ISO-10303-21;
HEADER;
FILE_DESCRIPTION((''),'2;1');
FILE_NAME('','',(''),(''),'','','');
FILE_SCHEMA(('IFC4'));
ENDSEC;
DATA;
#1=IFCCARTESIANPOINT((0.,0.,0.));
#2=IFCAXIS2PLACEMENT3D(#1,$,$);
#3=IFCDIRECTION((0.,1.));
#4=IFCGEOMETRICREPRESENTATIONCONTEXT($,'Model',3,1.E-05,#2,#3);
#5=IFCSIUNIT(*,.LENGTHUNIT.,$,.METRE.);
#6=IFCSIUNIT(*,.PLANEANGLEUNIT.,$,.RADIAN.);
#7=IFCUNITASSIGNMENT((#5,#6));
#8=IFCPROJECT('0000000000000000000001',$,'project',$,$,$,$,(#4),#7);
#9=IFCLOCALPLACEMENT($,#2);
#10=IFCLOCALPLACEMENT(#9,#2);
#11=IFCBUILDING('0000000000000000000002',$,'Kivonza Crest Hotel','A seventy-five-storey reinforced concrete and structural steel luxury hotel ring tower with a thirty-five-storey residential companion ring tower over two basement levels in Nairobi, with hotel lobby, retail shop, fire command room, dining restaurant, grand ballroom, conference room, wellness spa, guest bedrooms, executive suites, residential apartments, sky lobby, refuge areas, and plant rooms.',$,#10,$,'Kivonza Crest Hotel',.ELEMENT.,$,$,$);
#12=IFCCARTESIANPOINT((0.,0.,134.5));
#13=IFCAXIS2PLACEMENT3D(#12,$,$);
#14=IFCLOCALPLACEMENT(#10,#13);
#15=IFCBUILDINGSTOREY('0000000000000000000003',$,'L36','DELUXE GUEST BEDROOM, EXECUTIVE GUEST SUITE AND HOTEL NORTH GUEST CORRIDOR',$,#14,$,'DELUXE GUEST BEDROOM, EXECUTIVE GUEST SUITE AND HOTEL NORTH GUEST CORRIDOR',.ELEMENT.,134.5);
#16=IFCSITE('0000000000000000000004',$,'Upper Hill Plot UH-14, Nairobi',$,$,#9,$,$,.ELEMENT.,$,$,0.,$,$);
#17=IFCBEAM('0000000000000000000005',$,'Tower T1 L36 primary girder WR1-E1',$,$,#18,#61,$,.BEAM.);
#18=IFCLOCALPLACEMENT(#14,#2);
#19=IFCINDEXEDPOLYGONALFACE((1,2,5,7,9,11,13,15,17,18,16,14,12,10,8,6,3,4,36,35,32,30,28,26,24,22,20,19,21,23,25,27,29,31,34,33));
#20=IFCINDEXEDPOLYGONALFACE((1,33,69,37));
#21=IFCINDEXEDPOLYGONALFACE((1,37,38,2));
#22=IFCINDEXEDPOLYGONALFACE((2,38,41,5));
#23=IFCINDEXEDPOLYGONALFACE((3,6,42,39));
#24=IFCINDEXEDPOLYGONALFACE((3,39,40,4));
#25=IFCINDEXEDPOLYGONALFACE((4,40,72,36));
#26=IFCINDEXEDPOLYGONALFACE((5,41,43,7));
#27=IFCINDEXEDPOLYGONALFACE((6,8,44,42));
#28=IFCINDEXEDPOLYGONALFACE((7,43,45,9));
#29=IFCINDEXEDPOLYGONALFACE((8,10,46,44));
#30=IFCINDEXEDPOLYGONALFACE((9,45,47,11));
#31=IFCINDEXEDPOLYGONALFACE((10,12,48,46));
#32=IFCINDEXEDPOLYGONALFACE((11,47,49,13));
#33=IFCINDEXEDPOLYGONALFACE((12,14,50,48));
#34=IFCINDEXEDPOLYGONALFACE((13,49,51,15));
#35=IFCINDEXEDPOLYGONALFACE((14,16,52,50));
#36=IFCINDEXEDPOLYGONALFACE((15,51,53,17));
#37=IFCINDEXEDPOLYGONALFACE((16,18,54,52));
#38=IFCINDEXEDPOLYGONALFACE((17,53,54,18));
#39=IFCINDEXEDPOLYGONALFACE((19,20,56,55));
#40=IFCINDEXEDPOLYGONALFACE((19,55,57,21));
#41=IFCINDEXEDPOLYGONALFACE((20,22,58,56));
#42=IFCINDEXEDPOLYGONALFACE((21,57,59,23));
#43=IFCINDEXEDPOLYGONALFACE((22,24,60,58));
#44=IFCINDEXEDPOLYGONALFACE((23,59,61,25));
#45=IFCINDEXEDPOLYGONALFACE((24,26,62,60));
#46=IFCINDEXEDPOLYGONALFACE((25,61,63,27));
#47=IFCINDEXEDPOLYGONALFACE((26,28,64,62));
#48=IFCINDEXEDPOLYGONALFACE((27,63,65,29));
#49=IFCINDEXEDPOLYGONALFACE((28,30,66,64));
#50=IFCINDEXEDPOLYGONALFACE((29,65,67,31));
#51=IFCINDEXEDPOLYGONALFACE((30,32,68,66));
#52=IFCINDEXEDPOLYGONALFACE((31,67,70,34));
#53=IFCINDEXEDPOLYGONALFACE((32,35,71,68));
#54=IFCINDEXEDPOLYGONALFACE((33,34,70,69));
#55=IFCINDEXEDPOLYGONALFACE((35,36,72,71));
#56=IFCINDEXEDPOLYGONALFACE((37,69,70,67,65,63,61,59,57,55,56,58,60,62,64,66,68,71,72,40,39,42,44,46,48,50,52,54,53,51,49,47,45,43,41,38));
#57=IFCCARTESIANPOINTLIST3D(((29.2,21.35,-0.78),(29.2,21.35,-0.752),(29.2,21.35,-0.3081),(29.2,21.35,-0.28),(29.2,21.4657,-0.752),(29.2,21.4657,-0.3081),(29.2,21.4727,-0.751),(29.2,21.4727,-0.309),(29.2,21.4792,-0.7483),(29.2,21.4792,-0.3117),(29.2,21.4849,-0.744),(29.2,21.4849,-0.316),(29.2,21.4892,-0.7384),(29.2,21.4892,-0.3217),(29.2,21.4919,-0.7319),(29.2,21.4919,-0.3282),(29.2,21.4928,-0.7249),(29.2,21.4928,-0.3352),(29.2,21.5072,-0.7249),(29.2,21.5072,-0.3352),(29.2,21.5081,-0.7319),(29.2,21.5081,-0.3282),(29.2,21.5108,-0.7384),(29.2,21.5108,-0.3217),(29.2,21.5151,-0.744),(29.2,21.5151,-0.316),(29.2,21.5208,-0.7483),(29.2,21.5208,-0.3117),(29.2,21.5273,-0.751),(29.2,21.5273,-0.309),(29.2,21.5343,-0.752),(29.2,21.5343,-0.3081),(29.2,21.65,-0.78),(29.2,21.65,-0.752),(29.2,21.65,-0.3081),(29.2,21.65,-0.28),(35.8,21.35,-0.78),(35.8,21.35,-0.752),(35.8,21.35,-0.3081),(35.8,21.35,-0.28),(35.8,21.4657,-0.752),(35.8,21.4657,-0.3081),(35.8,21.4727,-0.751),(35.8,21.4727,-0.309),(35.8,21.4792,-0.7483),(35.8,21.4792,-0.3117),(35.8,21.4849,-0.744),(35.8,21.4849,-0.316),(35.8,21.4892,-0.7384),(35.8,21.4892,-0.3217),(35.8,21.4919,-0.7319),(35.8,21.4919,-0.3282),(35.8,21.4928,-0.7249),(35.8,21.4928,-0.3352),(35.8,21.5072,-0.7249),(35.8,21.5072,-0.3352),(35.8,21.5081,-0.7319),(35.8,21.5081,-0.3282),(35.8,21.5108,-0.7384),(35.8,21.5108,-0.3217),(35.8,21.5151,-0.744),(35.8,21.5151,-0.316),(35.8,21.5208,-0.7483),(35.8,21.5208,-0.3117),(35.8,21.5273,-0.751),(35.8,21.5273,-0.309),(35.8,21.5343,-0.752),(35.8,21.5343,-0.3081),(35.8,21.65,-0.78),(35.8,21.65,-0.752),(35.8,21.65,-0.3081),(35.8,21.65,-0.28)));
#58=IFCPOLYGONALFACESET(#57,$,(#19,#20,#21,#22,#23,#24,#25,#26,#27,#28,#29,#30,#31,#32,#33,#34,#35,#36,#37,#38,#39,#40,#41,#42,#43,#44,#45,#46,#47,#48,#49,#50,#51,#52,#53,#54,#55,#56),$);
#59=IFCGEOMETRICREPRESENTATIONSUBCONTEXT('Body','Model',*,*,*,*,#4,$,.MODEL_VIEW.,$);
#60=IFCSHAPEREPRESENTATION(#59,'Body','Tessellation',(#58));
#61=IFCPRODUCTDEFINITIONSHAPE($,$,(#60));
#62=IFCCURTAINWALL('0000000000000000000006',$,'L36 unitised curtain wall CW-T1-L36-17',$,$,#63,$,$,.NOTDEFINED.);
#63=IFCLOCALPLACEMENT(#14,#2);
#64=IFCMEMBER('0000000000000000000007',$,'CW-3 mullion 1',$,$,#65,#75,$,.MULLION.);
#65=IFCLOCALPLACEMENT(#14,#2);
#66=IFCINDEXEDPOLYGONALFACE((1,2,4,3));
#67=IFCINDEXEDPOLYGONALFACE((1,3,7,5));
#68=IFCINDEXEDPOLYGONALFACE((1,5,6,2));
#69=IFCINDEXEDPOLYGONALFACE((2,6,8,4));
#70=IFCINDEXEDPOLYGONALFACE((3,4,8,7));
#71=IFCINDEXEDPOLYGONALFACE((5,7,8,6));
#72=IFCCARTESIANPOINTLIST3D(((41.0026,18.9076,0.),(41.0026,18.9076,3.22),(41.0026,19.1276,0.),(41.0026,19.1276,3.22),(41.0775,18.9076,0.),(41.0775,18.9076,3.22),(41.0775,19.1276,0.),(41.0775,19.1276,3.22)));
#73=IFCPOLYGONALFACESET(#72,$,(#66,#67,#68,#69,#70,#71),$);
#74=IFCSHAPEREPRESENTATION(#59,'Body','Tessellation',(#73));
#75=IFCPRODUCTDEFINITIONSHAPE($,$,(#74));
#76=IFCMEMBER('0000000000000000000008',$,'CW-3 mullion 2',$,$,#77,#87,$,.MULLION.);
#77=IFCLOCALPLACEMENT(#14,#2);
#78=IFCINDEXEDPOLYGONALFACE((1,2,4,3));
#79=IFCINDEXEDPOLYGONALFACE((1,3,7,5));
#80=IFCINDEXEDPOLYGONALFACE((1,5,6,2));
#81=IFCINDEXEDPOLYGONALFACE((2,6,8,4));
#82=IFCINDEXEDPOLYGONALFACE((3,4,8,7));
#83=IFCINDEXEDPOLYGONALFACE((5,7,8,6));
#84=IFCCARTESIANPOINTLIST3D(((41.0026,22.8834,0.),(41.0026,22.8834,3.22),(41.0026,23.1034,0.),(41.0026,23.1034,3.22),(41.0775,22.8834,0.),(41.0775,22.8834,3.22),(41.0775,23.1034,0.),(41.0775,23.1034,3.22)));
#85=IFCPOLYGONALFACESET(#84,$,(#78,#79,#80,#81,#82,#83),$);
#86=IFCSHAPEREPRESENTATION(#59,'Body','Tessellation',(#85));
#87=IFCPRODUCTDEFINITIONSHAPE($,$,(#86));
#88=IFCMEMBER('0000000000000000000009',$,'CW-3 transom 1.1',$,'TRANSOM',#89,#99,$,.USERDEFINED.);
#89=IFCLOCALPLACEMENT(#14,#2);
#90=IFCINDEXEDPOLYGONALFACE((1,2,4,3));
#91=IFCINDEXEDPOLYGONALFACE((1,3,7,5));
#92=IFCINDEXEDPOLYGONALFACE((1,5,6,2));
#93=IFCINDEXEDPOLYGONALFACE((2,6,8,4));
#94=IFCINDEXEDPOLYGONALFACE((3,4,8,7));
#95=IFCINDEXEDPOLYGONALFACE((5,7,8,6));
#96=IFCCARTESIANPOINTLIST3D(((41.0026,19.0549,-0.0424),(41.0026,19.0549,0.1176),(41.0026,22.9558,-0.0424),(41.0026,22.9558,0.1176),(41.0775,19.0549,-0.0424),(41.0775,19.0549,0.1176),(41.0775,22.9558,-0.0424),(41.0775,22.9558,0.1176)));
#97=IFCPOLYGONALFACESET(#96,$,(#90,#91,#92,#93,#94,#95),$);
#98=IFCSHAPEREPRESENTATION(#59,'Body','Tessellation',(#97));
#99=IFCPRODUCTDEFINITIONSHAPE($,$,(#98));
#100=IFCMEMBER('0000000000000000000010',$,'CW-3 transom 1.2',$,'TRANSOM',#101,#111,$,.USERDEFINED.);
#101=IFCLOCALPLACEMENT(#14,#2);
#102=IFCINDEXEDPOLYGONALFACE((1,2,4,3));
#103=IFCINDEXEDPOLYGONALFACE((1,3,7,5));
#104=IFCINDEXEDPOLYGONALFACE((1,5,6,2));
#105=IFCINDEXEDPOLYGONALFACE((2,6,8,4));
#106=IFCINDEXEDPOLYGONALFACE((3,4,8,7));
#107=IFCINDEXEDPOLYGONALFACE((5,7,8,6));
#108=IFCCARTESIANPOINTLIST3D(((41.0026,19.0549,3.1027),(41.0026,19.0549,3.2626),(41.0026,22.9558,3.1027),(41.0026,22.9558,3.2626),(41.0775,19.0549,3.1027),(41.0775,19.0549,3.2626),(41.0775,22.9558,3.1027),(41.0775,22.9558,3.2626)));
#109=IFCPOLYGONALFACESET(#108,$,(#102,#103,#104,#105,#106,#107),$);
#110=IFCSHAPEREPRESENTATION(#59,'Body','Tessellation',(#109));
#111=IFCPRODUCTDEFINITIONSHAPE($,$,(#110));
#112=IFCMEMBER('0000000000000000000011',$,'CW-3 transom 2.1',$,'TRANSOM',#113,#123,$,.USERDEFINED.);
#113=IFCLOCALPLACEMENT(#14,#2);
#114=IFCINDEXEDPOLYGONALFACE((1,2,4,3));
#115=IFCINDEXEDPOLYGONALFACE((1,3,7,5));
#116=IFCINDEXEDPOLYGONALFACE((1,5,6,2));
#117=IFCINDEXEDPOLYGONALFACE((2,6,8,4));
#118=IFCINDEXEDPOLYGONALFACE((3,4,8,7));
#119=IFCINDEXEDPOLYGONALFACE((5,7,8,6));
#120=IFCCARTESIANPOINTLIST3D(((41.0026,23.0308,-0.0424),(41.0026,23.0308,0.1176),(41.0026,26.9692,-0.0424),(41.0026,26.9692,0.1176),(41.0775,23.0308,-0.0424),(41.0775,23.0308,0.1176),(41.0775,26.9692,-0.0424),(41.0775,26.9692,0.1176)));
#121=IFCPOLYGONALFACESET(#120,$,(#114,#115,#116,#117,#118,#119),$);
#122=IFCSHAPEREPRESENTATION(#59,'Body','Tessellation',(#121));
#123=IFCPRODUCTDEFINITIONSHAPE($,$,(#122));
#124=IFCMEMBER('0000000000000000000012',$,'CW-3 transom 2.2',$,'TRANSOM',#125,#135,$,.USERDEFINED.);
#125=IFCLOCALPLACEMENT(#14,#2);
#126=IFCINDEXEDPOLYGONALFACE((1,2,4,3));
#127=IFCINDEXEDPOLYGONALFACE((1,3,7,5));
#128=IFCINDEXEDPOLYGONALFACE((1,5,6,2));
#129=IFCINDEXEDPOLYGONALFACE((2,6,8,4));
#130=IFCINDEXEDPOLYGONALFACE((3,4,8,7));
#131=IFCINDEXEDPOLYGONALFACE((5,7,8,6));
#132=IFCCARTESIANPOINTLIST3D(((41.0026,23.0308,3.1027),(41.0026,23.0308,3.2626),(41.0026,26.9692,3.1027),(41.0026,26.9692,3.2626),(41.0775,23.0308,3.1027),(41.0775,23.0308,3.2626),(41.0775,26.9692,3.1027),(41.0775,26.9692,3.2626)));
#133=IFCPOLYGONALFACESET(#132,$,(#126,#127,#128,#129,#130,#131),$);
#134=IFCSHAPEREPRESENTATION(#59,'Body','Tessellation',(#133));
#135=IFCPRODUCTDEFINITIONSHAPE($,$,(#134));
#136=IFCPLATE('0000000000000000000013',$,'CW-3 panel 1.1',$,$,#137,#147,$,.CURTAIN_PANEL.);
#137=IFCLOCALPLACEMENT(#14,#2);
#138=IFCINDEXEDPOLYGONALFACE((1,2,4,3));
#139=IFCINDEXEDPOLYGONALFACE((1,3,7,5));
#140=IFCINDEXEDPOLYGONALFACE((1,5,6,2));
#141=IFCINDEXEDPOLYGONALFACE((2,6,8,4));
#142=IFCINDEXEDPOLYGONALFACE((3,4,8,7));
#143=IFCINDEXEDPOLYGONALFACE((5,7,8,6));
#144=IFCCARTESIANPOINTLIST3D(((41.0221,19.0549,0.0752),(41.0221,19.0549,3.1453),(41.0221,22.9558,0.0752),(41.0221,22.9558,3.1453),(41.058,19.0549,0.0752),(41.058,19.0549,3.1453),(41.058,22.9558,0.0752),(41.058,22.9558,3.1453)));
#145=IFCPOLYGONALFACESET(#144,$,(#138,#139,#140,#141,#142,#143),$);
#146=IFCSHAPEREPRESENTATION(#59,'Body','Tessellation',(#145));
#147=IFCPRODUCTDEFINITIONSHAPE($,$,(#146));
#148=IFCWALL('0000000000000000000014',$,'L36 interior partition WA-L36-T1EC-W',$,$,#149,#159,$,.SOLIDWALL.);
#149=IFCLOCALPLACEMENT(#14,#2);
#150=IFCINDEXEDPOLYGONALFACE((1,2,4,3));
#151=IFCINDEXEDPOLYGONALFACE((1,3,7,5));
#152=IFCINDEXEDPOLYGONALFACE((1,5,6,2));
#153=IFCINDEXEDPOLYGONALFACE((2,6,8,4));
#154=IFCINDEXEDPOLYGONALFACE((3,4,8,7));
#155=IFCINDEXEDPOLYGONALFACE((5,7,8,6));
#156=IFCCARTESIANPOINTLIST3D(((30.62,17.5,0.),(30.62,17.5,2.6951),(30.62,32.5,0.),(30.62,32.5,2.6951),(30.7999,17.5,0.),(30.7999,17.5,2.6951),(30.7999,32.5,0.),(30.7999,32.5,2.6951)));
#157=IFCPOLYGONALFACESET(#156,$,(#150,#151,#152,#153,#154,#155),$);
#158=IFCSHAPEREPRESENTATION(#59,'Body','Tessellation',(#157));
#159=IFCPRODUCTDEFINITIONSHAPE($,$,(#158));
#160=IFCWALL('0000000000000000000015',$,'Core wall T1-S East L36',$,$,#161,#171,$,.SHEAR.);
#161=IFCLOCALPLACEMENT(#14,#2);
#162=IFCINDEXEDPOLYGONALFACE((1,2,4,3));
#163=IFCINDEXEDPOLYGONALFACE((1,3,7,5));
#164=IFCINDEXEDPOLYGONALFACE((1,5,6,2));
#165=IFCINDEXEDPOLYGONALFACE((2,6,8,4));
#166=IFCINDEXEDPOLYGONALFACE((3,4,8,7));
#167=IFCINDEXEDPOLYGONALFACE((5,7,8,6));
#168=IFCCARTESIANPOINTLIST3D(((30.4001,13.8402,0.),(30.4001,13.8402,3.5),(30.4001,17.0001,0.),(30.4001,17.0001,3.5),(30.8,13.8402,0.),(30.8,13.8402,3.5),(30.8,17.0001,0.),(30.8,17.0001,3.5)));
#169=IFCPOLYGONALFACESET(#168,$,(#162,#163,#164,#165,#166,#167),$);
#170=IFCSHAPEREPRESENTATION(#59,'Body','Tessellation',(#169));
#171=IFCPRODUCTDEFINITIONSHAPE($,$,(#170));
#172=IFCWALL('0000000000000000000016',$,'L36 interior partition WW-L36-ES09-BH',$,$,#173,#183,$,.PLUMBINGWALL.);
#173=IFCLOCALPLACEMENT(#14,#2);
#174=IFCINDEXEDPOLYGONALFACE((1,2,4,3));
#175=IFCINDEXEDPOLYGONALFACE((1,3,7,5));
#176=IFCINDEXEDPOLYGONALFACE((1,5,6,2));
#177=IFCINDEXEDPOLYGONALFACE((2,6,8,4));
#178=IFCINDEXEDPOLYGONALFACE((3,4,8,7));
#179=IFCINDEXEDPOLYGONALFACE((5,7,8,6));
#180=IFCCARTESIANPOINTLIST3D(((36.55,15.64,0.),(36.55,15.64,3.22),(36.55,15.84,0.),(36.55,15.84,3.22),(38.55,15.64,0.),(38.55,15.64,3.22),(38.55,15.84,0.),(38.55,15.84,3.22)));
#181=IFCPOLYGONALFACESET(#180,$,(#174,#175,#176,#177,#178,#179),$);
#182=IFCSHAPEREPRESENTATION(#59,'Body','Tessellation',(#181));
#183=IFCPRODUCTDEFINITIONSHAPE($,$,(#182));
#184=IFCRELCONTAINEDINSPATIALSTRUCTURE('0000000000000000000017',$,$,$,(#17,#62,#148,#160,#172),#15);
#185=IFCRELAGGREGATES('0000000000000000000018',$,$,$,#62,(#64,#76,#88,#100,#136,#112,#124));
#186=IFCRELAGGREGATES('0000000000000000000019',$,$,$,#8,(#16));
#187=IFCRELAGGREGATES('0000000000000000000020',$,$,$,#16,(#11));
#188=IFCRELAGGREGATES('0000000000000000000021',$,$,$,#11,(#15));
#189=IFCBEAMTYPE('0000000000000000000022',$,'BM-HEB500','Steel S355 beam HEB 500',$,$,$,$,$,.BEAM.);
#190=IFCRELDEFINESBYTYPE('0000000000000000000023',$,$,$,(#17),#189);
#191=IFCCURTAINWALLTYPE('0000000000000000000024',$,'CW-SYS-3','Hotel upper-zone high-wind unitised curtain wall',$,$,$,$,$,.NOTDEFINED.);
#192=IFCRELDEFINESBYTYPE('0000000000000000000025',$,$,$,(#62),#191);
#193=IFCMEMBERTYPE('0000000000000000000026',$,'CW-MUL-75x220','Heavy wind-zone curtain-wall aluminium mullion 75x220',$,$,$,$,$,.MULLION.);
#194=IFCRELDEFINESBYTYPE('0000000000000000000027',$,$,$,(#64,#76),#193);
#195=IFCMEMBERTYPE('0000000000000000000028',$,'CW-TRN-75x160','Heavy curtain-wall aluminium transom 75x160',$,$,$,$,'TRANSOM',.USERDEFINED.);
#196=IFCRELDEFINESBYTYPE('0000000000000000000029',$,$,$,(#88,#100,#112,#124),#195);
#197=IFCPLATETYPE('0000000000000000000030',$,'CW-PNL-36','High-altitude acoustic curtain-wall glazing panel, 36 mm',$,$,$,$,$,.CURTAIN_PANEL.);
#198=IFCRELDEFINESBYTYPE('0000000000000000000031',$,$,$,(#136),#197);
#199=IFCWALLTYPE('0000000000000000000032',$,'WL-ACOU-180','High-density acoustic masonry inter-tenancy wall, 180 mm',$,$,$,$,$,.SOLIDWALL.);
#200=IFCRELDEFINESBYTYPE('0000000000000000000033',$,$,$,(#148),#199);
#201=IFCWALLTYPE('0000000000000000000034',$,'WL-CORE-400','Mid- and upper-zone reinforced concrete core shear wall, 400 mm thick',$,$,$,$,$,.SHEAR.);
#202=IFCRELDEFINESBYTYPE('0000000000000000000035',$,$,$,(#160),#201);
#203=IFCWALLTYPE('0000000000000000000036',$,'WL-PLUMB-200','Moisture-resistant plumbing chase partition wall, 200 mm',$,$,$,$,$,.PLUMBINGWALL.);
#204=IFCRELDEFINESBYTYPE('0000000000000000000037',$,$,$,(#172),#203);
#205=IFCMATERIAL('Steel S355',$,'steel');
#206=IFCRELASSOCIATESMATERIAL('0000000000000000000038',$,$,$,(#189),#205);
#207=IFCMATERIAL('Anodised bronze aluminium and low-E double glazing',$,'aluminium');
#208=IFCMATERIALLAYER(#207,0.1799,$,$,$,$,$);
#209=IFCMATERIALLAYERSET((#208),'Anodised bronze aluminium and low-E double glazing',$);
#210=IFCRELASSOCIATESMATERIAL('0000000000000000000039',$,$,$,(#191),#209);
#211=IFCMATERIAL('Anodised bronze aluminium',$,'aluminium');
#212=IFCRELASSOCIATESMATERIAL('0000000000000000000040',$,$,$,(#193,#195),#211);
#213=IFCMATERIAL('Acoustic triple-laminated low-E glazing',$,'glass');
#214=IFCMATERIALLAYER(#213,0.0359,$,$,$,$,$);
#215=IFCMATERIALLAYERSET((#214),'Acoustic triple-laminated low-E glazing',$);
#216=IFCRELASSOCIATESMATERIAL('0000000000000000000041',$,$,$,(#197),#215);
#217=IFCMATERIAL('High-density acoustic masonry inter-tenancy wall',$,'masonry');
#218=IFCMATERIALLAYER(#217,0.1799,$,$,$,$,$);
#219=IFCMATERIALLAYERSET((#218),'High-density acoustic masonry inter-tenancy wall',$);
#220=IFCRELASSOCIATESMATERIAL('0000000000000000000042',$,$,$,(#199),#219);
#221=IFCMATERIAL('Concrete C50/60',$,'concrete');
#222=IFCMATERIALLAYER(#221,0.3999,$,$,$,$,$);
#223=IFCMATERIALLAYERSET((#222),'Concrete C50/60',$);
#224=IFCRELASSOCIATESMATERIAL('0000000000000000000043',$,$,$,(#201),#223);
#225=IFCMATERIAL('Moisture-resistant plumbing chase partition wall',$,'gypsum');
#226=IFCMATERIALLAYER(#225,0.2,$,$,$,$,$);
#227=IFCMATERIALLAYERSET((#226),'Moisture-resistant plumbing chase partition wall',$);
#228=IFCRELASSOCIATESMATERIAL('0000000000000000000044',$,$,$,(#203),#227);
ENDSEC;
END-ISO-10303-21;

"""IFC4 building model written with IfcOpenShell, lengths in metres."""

from ifc_helpers import new_model, si_unit, direction, frame, frame_2d, origin, origin_2d, place, context, subcontext, project, spatial, rectangle, i_section, extrude, material, layer, layer_set, material_profile, profile_set, type_object, element, aggregate, save


model = new_model("IFC4")

# Units and contexts
model_context = context("Model", 3, precision=1e-05, world=origin(), true_north=direction((0.0, 1.0)))
body_context = subcontext(model_context, "Body", "Model", "MODEL_VIEW")
ifc_project = project(units=[si_unit("LENGTHUNIT", "METRE"), si_unit("PLANEANGLEUNIT", "RADIAN")], contexts=[model_context])

# Site, building, storey
site_placement = place(None, origin())
site = spatial("IfcSite", under=ifc_project, at=site_placement, Name="Upper Hill Plot UH-14, Nairobi", CompositionType="ELEMENT", RefElevation=0.0)
building_placement = place(site_placement, origin())
building = spatial("IfcBuilding", under=site, at=building_placement, Name="Kivonza Crest Hotel", Description="A seventy-five-storey reinforced concrete and structural steel luxury hotel ring tower with a thirty-five-storey residential companion ring tower over two basement levels in Nairobi, with hotel lobby, retail shop, fire command room, dining restaurant, grand ballroom, conference room, wellness spa, guest bedrooms, executive suites, residential apartments, sky lobby, refuge areas, and plant rooms.", LongName="Kivonza Crest Hotel", CompositionType="ELEMENT")
storey_placement = place(building_placement, frame((0.0, 0.0, 134.5)))
storey = spatial("IfcBuildingStorey", under=building, at=storey_placement, Name="L36", Description="DELUXE GUEST BEDROOM, EXECUTIVE GUEST SUITE AND HOTEL NORTH GUEST CORRIDOR", LongName="DELUXE GUEST BEDROOM, EXECUTIVE GUEST SUITE AND HOTEL NORTH GUEST CORRIDOR", CompositionType="ELEMENT", Elevation=134.5)

# Shared definitions
ifc_material_1 = material(Name="Concrete C50/60", Category="concrete")

# Beam
ifc_material_2 = material(Name="Steel S355", Category="steel")
ifc_material_profile_1 = material_profile(ifc_material_2, i_section(OverallWidth=0.3, OverallDepth=0.5, WebThickness=0.0144, FlangeThickness=0.0281, FilletRadius=0.0271, at=origin_2d()), Name="HEB 500")
ifc_profile_set_1 = profile_set([ifc_material_profile_1], Name="Steel S355")
beam_type_1 = type_object("IfcBeamType", Name="BM-HEB500", Description="Steel S355 beam HEB 500", PredefinedType="BEAM", material=ifc_profile_set_1)
beam_1_placement = place(storey_placement, frame((29.2, 21.5, -0.53), z_axis=(1.0, 0.0, 0.0), x_axis=(0.0, 1.0, 0.0)))
element("IfcBeam", 1, at=beam_1_placement, inside=storey, type_object=beam_type_1, Name="Tower T1 L36 primary girder WR1-E1", PredefinedType="BEAM", context=body_context, shape_type="SweptSolid", body=[
    extrude(i_section(OverallWidth=0.3, OverallDepth=0.5, WebThickness=0.0144, FlangeThickness=0.0281, FilletRadius=0.0271, at=origin_2d()), origin(), (0.0, 0.0, 1.0), 6.6001),
])

# Curtain wall, members, plate
ifc_material_3 = material(Name="Anodised bronze aluminium and low-E double glazing", Category="aluminium")
ifc_layer_1 = layer(ifc_material_3, 0.1799)
ifc_layer_set_1 = layer_set([ifc_layer_1], Name="Anodised bronze aluminium and low-E double glazing")
curtain_wall_type = type_object("IfcCurtainWallType", Name="CW-SYS-3", Description="Hotel upper-zone high-wind unitised curtain wall", PredefinedType="NOTDEFINED", material=ifc_layer_set_1)
curtain_wall_placement = place(storey_placement, origin())
curtain_wall = element("IfcCurtainWall", 2, at=curtain_wall_placement, inside=storey, type_object=curtain_wall_type, Name="L36 unitised curtain wall CW-T1-L36-17", PredefinedType="NOTDEFINED")
ifc_material_4 = material(Name="Anodised bronze aluminium", Category="aluminium")
ifc_material_profile_2 = material_profile(ifc_material_4, rectangle(XDim=0.075, YDim=0.22, at=origin_2d()), Name="CW-M 75x220")
ifc_profile_set_2 = profile_set([ifc_material_profile_2], Name="Anodised bronze aluminium")
member_type_1 = type_object("IfcMemberType", Name="CW-MUL-75x220", Description="Heavy wind-zone curtain-wall aluminium mullion 75x220", PredefinedType="MULLION", material=ifc_profile_set_2)
member_1_placement = place(storey_placement, frame((41.04, 19.0176, 0.0), z_axis=(0.0, 0.0, 1.0), x_axis=(-1.0, 0.0, 0.0)))
member_1 = element("IfcMember", 3, at=member_1_placement, type_object=member_type_1, Name="CW-3 mullion 1", PredefinedType="MULLION", context=body_context, shape_type="SweptSolid", body=[
    extrude(rectangle(XDim=0.075, YDim=0.22, at=origin_2d()), origin(), (0.0, 0.0, 1.0), 3.22),
])
member_2_placement = place(storey_placement, frame((41.04, 22.9934, 0.0), z_axis=(0.0, 0.0, 1.0), x_axis=(-1.0, 0.0, 0.0)))
member_2 = element("IfcMember", 4, at=member_2_placement, type_object=member_type_1, Name="CW-3 mullion 2", PredefinedType="MULLION", context=body_context, shape_type="SweptSolid", body=[
    extrude(rectangle(XDim=0.075, YDim=0.22, at=origin_2d()), origin(), (0.0, 0.0, 1.0), 3.22),
])
ifc_material_profile_3 = material_profile(ifc_material_4, rectangle(XDim=0.075, YDim=0.1599, at=origin_2d()), Name="CW-T 75x160")
ifc_profile_set_3 = profile_set([ifc_material_profile_3], Name="Anodised bronze aluminium")
member_type_2 = type_object("IfcMemberType", Name="CW-TRN-75x160", Description="Heavy curtain-wall aluminium transom 75x160", ElementType="TRANSOM", PredefinedType="USERDEFINED", material=ifc_profile_set_3)
member_3_placement = place(storey_placement, frame((41.04, 19.0549, 0.0376), z_axis=(0.0, 1.0, 0.0), x_axis=(-1.0, 0.0, 0.0)))
member_3 = element("IfcMember", 5, at=member_3_placement, type_object=member_type_2, Name="CW-3 transom 1.1", ObjectType="TRANSOM", PredefinedType="USERDEFINED", context=body_context, shape_type="SweptSolid", body=[
    extrude(rectangle(XDim=0.075, YDim=0.1599, at=origin_2d()), origin(), (0.0, 0.0, 1.0), 3.9009),
])
member_4_placement = place(storey_placement, frame((41.04, 19.0549, 3.1826), z_axis=(0.0, 1.0, 0.0), x_axis=(-1.0, 0.0, 0.0)))
member_4 = element("IfcMember", 6, at=member_4_placement, type_object=member_type_2, Name="CW-3 transom 1.2", ObjectType="TRANSOM", PredefinedType="USERDEFINED", context=body_context, shape_type="SweptSolid", body=[
    extrude(rectangle(XDim=0.075, YDim=0.1599, at=origin_2d()), origin(), (0.0, 0.0, 1.0), 3.9009),
])
member_5_placement = place(storey_placement, frame((41.04, 23.0308, 0.0376), z_axis=(0.0, 1.0, 0.0), x_axis=(-1.0, 0.0, 0.0)))
member_5 = element("IfcMember", 7, at=member_5_placement, type_object=member_type_2, Name="CW-3 transom 2.1", ObjectType="TRANSOM", PredefinedType="USERDEFINED", context=body_context, shape_type="SweptSolid", body=[
    extrude(rectangle(XDim=0.075, YDim=0.1599, at=origin_2d()), origin(), (0.0, 0.0, 1.0), 3.9385),
])
member_6_placement = place(storey_placement, frame((41.04, 23.0308, 3.1826), z_axis=(0.0, 1.0, 0.0), x_axis=(-1.0, 0.0, 0.0)))
member_6 = element("IfcMember", 8, at=member_6_placement, type_object=member_type_2, Name="CW-3 transom 2.2", ObjectType="TRANSOM", PredefinedType="USERDEFINED", context=body_context, shape_type="SweptSolid", body=[
    extrude(rectangle(XDim=0.075, YDim=0.1599, at=origin_2d()), origin(), (0.0, 0.0, 1.0), 3.9385),
])
ifc_material_5 = material(Name="Acoustic triple-laminated low-E glazing", Category="glass")
ifc_layer_2 = layer(ifc_material_5, 0.0359)
ifc_layer_set_2 = layer_set([ifc_layer_2], Name="Acoustic triple-laminated low-E glazing")
plate_type = type_object("IfcPlateType", Name="CW-PNL-36", Description="High-altitude acoustic curtain-wall glazing panel, 36 mm", PredefinedType="CURTAIN_PANEL", material=ifc_layer_set_2)
plate_placement = place(storey_placement, frame((41.04, 21.0054, 0.0752), z_axis=(0.0, 0.0, 1.0), x_axis=(0.0, 1.0, 0.0)))
plate = element("IfcPlate", 9, at=plate_placement, type_object=plate_type, Name="CW-3 panel 1.1", PredefinedType="CURTAIN_PANEL", context=body_context, shape_type="SweptSolid", body=[
    extrude(rectangle(XDim=3.9009, YDim=0.0359, at=origin_2d()), origin(), (0.0, 0.0, 1.0), 3.0701),
])
aggregate(curtain_wall, [member_1, member_2, member_3, member_4, plate, member_5, member_6])

# Walls
ifc_material_6 = material(Name="High-density acoustic masonry inter-tenancy wall", Category="masonry")
ifc_layer_3 = layer(ifc_material_6, 0.1799)
ifc_layer_set_3 = layer_set([ifc_layer_3], Name="High-density acoustic masonry inter-tenancy wall")
wall_type_1 = type_object("IfcWallType", Name="WL-ACOU-180", Description="High-density acoustic masonry inter-tenancy wall, 180 mm", PredefinedType="SOLIDWALL", material=ifc_layer_set_3)
wall_1_placement = place(storey_placement, frame((30.71, 17.5, 0.0), z_axis=(0.0, 0.0, 1.0), x_axis=(0.0, 1.0, 0.0)))
element("IfcWall", 10, at=wall_1_placement, inside=storey, type_object=wall_type_1, Name="L36 interior partition WA-L36-T1EC-W", PredefinedType="SOLIDWALL", context=body_context, shape_type="SweptSolid", body=[
    extrude(rectangle(XDim=15.0, YDim=0.1799, at=frame_2d((7.5, 0.0))), origin(), (0.0, 0.0, 1.0), 2.6951),
])
ifc_layer_4 = layer(ifc_material_1, 0.3999)
ifc_layer_set_4 = layer_set([ifc_layer_4], Name="Concrete C50/60")
wall_type_2 = type_object("IfcWallType", Name="WL-CORE-400", Description="Mid- and upper-zone reinforced concrete core shear wall, 400 mm thick", PredefinedType="SHEAR", material=ifc_layer_set_4)
wall_2_placement = place(storey_placement, frame((30.6001, 13.8401, 0.0), z_axis=(0.0, 0.0, 1.0), x_axis=(0.0, 1.0, 0.0)))
element("IfcWall", 11, at=wall_2_placement, inside=storey, type_object=wall_type_2, Name="Core wall T1-S East L36", PredefinedType="SHEAR", context=body_context, shape_type="SweptSolid", body=[
    extrude(rectangle(XDim=3.1599, YDim=0.3999, at=frame_2d((1.5801, 0.0))), origin(), (0.0, 0.0, 1.0), 3.5),
])
ifc_material_7 = material(Name="Moisture-resistant plumbing chase partition wall", Category="gypsum")
ifc_layer_5 = layer(ifc_material_7, 0.2)
ifc_layer_set_5 = layer_set([ifc_layer_5], Name="Moisture-resistant plumbing chase partition wall")
wall_type_3 = type_object("IfcWallType", Name="WL-PLUMB-200", Description="Moisture-resistant plumbing chase partition wall, 200 mm", PredefinedType="PLUMBINGWALL", material=ifc_layer_set_5)
wall_3_placement = place(storey_placement, frame((36.55, 15.74, 0.0), z_axis=(0.0, 0.0, 1.0), x_axis=(1.0, 0.0, 0.0)))
element("IfcWall", 12, at=wall_3_placement, inside=storey, type_object=wall_type_3, Name="L36 interior partition WW-L36-ES09-BH", PredefinedType="PLUMBINGWALL", context=body_context, shape_type="SweptSolid", body=[
    extrude(rectangle(XDim=2.0, YDim=0.2, at=frame_2d((1.0, 0.0))), origin(), (0.0, 0.0, 1.0), 3.22),
])

save(model, "model.ifc")
